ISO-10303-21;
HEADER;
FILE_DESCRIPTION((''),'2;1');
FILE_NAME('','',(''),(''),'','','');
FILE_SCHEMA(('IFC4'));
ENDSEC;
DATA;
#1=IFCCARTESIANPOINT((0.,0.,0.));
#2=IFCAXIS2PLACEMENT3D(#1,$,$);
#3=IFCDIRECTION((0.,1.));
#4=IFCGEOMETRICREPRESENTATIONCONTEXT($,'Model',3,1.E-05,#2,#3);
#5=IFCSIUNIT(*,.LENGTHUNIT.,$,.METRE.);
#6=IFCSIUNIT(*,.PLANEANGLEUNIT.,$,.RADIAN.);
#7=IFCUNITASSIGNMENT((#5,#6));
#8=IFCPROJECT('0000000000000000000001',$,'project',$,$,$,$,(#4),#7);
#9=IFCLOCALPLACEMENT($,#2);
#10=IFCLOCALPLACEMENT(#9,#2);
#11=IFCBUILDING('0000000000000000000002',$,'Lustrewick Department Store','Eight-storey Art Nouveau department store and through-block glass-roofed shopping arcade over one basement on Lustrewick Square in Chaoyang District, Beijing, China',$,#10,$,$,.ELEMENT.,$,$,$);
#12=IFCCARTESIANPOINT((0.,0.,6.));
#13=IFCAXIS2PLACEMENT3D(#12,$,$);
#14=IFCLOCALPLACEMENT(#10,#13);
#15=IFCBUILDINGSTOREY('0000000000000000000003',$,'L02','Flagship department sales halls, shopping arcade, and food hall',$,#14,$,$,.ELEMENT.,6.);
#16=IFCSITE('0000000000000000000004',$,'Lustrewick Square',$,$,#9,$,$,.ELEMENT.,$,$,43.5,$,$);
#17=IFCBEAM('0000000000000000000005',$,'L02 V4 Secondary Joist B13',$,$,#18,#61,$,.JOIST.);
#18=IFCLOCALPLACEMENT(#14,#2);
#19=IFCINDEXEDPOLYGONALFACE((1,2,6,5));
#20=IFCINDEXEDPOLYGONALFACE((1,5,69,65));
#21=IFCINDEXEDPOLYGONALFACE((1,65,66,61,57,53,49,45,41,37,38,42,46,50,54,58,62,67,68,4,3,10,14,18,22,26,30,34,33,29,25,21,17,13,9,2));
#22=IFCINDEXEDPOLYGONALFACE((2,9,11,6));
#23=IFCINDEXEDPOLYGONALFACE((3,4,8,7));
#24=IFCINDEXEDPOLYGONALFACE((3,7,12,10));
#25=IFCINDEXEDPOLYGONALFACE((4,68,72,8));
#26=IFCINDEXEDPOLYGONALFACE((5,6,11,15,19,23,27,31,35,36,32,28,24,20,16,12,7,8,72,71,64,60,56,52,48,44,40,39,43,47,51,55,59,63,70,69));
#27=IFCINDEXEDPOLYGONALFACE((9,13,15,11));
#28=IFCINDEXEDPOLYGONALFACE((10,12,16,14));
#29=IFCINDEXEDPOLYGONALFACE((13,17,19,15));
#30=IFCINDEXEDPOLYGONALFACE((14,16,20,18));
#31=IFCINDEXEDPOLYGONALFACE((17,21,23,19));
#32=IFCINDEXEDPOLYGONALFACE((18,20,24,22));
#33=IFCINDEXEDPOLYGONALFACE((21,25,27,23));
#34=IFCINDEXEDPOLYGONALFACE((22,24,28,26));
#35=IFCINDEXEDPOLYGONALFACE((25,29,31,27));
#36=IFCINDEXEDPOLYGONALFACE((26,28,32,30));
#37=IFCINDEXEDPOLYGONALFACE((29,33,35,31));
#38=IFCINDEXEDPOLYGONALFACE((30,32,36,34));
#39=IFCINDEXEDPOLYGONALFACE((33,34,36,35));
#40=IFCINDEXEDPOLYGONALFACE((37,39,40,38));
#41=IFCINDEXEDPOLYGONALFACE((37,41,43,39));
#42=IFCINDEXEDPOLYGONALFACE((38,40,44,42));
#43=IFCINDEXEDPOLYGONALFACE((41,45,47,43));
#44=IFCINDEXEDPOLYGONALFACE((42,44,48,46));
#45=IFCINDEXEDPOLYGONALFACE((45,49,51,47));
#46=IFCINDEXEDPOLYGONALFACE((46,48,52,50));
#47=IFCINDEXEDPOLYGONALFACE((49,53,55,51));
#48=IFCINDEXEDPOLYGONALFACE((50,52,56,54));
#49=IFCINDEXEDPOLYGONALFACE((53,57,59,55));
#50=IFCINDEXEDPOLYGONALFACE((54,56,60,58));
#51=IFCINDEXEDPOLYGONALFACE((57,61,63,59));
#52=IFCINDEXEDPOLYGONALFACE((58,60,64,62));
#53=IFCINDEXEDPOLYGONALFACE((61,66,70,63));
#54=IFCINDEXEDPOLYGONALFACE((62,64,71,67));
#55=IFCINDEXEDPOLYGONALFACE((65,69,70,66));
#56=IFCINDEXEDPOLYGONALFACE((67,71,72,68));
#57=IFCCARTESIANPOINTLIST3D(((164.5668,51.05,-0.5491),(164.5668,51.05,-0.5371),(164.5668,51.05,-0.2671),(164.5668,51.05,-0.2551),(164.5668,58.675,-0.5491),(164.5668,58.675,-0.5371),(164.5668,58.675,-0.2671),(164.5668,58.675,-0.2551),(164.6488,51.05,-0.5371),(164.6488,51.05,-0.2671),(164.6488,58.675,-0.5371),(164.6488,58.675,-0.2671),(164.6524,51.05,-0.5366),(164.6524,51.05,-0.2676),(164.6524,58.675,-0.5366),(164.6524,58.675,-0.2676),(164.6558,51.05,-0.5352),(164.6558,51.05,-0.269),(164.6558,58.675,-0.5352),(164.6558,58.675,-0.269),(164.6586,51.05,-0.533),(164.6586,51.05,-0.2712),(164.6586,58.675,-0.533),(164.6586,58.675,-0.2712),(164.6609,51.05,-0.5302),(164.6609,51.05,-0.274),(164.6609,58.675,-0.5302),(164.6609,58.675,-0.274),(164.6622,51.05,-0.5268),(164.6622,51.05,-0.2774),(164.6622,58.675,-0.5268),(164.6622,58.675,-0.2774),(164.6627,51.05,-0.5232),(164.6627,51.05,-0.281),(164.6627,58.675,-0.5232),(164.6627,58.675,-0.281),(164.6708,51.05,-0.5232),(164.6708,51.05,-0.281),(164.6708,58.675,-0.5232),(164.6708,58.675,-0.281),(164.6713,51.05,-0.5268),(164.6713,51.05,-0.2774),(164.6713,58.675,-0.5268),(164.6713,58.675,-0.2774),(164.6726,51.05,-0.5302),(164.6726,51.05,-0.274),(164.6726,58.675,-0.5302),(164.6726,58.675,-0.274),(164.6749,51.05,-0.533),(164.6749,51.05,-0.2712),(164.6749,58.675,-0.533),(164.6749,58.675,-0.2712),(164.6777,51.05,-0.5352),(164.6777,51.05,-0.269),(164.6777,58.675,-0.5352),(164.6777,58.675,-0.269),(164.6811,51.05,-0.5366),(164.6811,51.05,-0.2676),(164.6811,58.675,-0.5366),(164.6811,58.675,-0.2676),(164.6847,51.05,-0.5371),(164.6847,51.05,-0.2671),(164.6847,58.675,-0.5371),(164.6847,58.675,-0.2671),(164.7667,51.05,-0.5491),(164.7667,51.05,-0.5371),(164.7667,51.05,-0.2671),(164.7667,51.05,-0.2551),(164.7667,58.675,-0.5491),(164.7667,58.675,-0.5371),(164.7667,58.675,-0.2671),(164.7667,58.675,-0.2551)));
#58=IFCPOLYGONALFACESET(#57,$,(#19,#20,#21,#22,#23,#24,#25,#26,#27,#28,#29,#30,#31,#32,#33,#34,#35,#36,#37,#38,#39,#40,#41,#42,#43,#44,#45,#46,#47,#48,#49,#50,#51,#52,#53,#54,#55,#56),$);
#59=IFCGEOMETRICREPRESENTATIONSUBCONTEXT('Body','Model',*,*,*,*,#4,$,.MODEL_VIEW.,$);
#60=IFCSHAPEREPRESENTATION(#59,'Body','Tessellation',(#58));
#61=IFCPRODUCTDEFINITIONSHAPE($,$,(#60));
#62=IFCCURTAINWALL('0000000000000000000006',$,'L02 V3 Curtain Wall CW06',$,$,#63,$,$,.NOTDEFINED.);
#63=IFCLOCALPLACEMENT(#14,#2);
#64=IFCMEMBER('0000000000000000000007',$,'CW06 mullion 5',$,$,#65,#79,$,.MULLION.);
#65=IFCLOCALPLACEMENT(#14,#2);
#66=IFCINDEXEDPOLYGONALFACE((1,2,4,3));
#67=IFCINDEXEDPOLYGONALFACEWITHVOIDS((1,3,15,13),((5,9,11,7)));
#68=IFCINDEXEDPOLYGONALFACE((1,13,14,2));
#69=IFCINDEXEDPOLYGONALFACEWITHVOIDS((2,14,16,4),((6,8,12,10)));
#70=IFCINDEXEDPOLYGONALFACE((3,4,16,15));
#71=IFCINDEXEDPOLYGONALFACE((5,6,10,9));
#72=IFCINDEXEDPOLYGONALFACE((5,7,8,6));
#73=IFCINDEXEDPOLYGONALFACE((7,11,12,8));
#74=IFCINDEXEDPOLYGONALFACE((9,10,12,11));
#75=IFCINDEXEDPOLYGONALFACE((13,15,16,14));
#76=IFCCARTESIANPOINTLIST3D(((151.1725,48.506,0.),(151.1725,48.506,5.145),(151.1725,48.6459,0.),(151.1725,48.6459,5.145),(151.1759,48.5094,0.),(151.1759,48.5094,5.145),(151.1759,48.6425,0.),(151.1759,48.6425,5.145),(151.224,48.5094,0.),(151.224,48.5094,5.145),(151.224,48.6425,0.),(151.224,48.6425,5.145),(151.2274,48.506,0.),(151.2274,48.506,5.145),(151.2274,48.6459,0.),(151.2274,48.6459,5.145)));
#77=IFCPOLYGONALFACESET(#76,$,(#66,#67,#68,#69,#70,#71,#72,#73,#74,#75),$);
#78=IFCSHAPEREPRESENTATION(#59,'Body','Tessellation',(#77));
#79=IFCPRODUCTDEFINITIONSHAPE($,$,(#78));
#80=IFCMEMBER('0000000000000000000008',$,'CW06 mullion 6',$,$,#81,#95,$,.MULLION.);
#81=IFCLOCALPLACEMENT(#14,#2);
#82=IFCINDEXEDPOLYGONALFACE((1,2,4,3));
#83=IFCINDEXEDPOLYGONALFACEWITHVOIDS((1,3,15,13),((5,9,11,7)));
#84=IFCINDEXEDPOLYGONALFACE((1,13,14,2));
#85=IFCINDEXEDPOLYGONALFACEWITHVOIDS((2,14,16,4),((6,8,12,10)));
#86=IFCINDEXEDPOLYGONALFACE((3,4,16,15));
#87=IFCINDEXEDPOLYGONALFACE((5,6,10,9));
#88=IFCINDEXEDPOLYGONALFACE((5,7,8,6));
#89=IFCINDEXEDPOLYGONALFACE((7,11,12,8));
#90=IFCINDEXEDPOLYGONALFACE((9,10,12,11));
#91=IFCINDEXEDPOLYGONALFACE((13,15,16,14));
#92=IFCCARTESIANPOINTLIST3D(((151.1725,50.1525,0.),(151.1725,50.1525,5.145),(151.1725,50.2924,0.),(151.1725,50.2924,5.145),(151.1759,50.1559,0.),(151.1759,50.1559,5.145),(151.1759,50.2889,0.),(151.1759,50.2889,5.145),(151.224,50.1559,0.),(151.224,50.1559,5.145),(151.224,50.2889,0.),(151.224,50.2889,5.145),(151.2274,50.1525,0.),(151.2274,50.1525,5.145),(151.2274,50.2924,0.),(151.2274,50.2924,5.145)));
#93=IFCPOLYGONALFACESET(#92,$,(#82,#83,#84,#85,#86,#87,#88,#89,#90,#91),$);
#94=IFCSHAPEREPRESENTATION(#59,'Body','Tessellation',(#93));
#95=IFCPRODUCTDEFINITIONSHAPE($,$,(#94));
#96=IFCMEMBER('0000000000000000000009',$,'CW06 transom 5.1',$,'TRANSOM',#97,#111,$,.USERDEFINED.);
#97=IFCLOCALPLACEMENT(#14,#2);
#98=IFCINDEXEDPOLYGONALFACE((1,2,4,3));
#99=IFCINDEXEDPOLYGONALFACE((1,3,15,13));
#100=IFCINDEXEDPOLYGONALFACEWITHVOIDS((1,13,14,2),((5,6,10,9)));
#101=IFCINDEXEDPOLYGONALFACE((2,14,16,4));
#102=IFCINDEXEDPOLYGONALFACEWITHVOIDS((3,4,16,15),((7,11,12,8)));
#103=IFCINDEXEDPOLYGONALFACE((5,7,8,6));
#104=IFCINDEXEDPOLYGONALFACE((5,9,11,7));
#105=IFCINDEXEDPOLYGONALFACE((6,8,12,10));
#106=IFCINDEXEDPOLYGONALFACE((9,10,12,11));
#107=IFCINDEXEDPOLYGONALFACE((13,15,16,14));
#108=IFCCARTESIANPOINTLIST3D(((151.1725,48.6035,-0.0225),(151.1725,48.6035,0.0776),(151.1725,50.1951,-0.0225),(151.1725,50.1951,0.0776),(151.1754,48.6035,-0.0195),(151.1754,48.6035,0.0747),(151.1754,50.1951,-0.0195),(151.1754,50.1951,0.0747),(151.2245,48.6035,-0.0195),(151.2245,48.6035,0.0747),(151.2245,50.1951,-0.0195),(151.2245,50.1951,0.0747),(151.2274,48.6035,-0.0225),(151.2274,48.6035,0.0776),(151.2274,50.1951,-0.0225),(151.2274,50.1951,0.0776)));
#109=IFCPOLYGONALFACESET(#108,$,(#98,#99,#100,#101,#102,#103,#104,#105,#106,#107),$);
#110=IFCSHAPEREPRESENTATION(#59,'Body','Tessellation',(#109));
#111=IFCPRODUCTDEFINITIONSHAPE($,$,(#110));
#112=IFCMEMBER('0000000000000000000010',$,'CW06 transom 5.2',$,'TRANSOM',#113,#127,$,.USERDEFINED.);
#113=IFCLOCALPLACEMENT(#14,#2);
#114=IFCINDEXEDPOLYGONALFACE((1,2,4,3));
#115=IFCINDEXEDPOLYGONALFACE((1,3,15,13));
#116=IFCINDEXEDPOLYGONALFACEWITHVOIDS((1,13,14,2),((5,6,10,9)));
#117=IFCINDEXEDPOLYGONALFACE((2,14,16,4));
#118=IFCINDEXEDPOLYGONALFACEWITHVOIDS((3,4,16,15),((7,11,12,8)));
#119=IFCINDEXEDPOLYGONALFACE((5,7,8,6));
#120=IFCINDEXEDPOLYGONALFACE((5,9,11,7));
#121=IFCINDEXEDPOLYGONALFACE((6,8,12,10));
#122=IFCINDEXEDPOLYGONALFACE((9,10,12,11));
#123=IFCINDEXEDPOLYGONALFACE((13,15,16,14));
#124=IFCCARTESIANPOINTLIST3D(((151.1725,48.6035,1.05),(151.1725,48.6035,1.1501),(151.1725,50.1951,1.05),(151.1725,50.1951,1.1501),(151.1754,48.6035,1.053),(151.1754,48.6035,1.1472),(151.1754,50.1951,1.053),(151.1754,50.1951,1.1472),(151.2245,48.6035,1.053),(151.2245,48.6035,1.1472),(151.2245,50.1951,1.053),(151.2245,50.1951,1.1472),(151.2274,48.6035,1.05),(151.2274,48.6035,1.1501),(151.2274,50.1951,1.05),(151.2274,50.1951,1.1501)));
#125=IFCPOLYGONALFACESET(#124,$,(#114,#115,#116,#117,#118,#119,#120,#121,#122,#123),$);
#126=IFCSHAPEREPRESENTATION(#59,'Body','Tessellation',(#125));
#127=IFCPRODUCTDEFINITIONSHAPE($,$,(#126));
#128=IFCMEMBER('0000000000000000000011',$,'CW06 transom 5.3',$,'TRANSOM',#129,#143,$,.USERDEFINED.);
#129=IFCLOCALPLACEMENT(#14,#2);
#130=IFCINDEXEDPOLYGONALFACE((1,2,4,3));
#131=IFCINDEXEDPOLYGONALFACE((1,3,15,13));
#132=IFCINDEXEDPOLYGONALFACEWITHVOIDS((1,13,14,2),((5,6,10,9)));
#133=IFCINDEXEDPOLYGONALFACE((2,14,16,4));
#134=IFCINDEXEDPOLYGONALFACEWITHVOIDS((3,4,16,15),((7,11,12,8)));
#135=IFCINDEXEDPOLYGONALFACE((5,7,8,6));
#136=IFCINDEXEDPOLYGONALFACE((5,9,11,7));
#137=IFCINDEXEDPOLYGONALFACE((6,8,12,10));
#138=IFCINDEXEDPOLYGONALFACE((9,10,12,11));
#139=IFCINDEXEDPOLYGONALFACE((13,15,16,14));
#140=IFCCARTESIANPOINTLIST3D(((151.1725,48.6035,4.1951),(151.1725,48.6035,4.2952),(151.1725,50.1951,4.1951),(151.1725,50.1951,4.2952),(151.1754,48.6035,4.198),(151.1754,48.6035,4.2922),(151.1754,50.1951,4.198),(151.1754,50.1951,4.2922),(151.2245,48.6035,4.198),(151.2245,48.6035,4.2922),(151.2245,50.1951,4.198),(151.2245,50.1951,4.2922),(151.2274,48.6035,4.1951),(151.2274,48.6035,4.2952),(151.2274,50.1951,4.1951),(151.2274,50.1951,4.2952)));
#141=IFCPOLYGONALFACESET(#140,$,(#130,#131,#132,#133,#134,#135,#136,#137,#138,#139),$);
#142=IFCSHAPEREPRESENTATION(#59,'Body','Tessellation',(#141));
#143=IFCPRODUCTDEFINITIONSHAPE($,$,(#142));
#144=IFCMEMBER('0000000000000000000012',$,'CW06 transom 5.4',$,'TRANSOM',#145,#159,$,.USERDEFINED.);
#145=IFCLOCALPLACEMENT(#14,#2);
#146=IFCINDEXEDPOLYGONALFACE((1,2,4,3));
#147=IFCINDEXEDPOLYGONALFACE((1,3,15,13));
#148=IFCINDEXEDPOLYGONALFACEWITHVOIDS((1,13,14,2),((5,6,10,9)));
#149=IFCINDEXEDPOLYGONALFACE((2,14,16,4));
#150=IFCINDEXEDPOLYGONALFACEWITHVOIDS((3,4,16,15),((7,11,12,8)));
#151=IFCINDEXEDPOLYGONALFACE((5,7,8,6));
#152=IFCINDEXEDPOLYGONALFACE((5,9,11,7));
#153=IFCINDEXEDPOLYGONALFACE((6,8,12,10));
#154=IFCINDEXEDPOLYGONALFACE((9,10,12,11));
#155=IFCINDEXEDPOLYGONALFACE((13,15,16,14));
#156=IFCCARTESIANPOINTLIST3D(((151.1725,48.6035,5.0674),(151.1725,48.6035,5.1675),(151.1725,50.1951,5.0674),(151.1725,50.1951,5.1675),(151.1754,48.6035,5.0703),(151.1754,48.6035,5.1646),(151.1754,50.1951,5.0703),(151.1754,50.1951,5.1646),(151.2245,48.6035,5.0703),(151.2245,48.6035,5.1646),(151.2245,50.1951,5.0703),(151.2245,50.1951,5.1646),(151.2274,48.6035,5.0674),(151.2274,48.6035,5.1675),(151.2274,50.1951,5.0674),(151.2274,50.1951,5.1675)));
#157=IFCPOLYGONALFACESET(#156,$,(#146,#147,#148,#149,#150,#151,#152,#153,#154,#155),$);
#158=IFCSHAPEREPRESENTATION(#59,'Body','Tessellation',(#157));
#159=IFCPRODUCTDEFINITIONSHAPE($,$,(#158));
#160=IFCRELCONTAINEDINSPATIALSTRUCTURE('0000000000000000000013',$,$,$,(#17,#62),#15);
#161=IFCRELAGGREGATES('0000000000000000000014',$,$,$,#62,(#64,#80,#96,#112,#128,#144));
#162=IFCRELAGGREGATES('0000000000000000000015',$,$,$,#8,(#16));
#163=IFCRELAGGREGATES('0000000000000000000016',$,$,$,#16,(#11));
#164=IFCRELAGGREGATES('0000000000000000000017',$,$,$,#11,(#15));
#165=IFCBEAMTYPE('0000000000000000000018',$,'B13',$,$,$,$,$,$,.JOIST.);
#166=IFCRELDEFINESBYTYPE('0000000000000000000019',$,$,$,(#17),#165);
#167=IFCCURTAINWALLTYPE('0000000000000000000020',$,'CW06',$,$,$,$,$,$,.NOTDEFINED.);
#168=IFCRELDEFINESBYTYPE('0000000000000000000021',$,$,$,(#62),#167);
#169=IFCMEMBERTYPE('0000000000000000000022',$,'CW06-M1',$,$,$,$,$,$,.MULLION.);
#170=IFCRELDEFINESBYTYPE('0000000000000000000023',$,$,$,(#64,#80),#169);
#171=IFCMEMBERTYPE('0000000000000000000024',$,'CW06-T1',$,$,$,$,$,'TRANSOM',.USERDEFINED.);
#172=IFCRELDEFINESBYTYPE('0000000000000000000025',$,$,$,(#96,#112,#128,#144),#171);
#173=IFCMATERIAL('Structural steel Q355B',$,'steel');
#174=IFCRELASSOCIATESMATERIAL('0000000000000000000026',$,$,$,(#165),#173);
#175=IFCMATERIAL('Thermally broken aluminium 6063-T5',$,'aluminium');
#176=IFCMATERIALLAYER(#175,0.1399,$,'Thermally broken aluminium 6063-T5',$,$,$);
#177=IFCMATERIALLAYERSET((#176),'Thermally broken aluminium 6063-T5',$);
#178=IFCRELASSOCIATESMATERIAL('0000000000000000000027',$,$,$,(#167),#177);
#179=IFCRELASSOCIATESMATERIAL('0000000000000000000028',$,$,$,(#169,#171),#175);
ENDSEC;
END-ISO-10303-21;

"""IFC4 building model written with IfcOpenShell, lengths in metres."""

from ifc_helpers import new_model, si_unit, direction, frame, origin, origin_2d, place, context, subcontext, project, spatial, hollow_rectangle, i_section, extrude, material, layer, layer_set, material_profile, profile_set, type_object, element, aggregate, save


model = new_model("IFC4")

# Units and contexts
model_context = context("Model", 3, precision=1e-05, world=origin(), true_north=direction((0.0, 1.0)))
body_context = subcontext(model_context, "Body", "Model", "MODEL_VIEW")
ifc_project = project(units=[si_unit("LENGTHUNIT", "METRE"), si_unit("PLANEANGLEUNIT", "RADIAN")], contexts=[model_context])

# Site, building, storey
site_placement = place(None, origin())
site = spatial("IfcSite", under=ifc_project, at=site_placement, Name="Lustrewick Square", CompositionType="ELEMENT", RefElevation=43.5)
building_placement = place(site_placement, origin())
building = spatial("IfcBuilding", under=site, at=building_placement, Name="Lustrewick Department Store", Description="Eight-storey Art Nouveau department store and through-block glass-roofed shopping arcade over one basement on Lustrewick Square in Chaoyang District, Beijing, China", CompositionType="ELEMENT")
storey_placement = place(building_placement, frame((0.0, 0.0, 6.0)))
storey = spatial("IfcBuildingStorey", under=building, at=storey_placement, Name="L02", Description="Flagship department sales halls, shopping arcade, and food hall", CompositionType="ELEMENT", Elevation=6.0)

# Shared definitions
ifc_material_1 = material(Name="Structural steel Q355B", Category="steel")

# Beam
ifc_material_profile_1 = material_profile(ifc_material_1, i_section(OverallWidth=0.2, OverallDepth=0.2939, WebThickness=0.0081, FlangeThickness=0.012, FilletRadius=0.0139, at=origin_2d()), Name="HM 294x200x8x12")
ifc_profile_set_1 = profile_set([ifc_material_profile_1], Name="Structural steel Q355B")
beam_type_1 = type_object("IfcBeamType", Name="B13", PredefinedType="JOIST", material=ifc_profile_set_1)
beam_1_placement = place(storey_placement, frame((164.6667, 51.05, -0.4021), z_axis=(0.0, 1.0, 0.0), x_axis=(-1.0, 0.0, 0.0)))
element("IfcBeam", 1, at=beam_1_placement, inside=storey, type_object=beam_type_1, Name="L02 V4 Secondary Joist B13", PredefinedType="JOIST", context=body_context, shape_type="SweptSolid", body=[
    extrude(i_section(OverallWidth=0.2, OverallDepth=0.2939, WebThickness=0.0081, FlangeThickness=0.012, FilletRadius=0.0139, at=origin_2d()), origin(), (0.0, 0.0, 1.0), 7.625),
])

# Curtain wall, members
ifc_material_2 = material(Name="Thermally broken aluminium 6063-T5", Category="aluminium")
ifc_layer_1 = layer(ifc_material_2, 0.1399, Name="Thermally broken aluminium 6063-T5")
ifc_layer_set_1 = layer_set([ifc_layer_1], Name="Thermally broken aluminium 6063-T5")
curtain_wall_type = type_object("IfcCurtainWallType", Name="CW06", PredefinedType="NOTDEFINED", material=ifc_layer_set_1)
curtain_wall_placement = place(storey_placement, origin())
curtain_wall = element("IfcCurtainWall", 2, at=curtain_wall_placement, inside=storey, type_object=curtain_wall_type, Name="L02 V3 Curtain Wall CW06", PredefinedType="NOTDEFINED")
ifc_material_profile_2 = material_profile(ifc_material_2, hollow_rectangle(XDim=0.0549, YDim=0.1399, WallThickness=0.0034, at=origin_2d()), Name="ALU-M 55x140x3.5")
ifc_profile_set_2 = profile_set([ifc_material_profile_2], Name="Thermally broken aluminium 6063-T5")
member_type_1 = type_object("IfcMemberType", Name="CW06-M1", PredefinedType="MULLION", material=ifc_profile_set_2)
member_1_placement = place(storey_placement, frame((151.2, 48.5759, 0.0), z_axis=(0.0, 0.0, 1.0), x_axis=(-1.0, 0.0, 0.0)))
member_1 = element("IfcMember", 3, at=member_1_placement, type_object=member_type_1, Name="CW06 mullion 5", PredefinedType="MULLION", context=body_context, shape_type="SweptSolid", body=[
    extrude(hollow_rectangle(XDim=0.0549, YDim=0.1399, WallThickness=0.0034, at=origin_2d()), origin(), (0.0, 0.0, 1.0), 5.145),
])
member_2_placement = place(storey_placement, frame((151.2, 50.2224, 0.0), z_axis=(0.0, 0.0, 1.0), x_axis=(-1.0, 0.0, 0.0)))
member_2 = element("IfcMember", 4, at=member_2_placement, type_object=member_type_1, Name="CW06 mullion 6", PredefinedType="MULLION", context=body_context, shape_type="SweptSolid", body=[
    extrude(hollow_rectangle(XDim=0.0549, YDim=0.1399, WallThickness=0.0034, at=origin_2d()), origin(), (0.0, 0.0, 1.0), 5.145),
])
ifc_material_profile_3 = material_profile(ifc_material_2, hollow_rectangle(XDim=0.0549, YDim=0.1001, WallThickness=0.0029, at=origin_2d()), Name="ALU-T 55x100x3")
ifc_profile_set_3 = profile_set([ifc_material_profile_3], Name="Thermally broken aluminium 6063-T5")
member_type_2 = type_object("IfcMemberType", Name="CW06-T1", ElementType="TRANSOM", PredefinedType="USERDEFINED", material=ifc_profile_set_3)
member_3_placement = place(storey_placement, frame((151.2, 48.6035, 0.0276), z_axis=(0.0, 1.0, 0.0), x_axis=(-1.0, 0.0, 0.0)))
member_3 = element("IfcMember", 5, at=member_3_placement, type_object=member_type_2, Name="CW06 transom 5.1", ObjectType="TRANSOM", PredefinedType="USERDEFINED", context=body_context, shape_type="SweptSolid", body=[
    extrude(hollow_rectangle(XDim=0.0549, YDim=0.1001, WallThickness=0.0029, at=origin_2d()), origin(), (0.0, 0.0, 1.0), 1.5916),
])
member_4_placement = place(storey_placement, frame((151.2, 48.6035, 1.1001), z_axis=(0.0, 1.0, 0.0), x_axis=(-1.0, 0.0, 0.0)))
member_4 = element("IfcMember", 6, at=member_4_placement, type_object=member_type_2, Name="CW06 transom 5.2", ObjectType="TRANSOM", PredefinedType="USERDEFINED", context=body_context, shape_type="SweptSolid", body=[
    extrude(hollow_rectangle(XDim=0.0549, YDim=0.1001, WallThickness=0.0029, at=origin_2d()), origin(), (0.0, 0.0, 1.0), 1.5916),
])
member_5_placement = place(storey_placement, frame((151.2, 48.6035, 4.2451), z_axis=(0.0, 1.0, 0.0), x_axis=(-1.0, 0.0, 0.0)))
member_5 = element("IfcMember", 7, at=member_5_placement, type_object=member_type_2, Name="CW06 transom 5.3", ObjectType="TRANSOM", PredefinedType="USERDEFINED", context=body_context, shape_type="SweptSolid", body=[
    extrude(hollow_rectangle(XDim=0.0549, YDim=0.1001, WallThickness=0.0029, at=origin_2d()), origin(), (0.0, 0.0, 1.0), 1.5916),
])
member_6_placement = place(storey_placement, frame((151.2, 48.6035, 5.1174), z_axis=(0.0, 1.0, 0.0), x_axis=(-1.0, 0.0, 0.0)))
member_6 = element("IfcMember", 8, at=member_6_placement, type_object=member_type_2, Name="CW06 transom 5.4", ObjectType="TRANSOM", PredefinedType="USERDEFINED", context=body_context, shape_type="SweptSolid", body=[
    extrude(hollow_rectangle(XDim=0.0549, YDim=0.1001, WallThickness=0.0029, at=origin_2d()), origin(), (0.0, 0.0, 1.0), 1.5916),
])

aggregate(curtain_wall, [member_1, member_2, member_3, member_4, member_5, member_6])

save(model, "model.ifc")
